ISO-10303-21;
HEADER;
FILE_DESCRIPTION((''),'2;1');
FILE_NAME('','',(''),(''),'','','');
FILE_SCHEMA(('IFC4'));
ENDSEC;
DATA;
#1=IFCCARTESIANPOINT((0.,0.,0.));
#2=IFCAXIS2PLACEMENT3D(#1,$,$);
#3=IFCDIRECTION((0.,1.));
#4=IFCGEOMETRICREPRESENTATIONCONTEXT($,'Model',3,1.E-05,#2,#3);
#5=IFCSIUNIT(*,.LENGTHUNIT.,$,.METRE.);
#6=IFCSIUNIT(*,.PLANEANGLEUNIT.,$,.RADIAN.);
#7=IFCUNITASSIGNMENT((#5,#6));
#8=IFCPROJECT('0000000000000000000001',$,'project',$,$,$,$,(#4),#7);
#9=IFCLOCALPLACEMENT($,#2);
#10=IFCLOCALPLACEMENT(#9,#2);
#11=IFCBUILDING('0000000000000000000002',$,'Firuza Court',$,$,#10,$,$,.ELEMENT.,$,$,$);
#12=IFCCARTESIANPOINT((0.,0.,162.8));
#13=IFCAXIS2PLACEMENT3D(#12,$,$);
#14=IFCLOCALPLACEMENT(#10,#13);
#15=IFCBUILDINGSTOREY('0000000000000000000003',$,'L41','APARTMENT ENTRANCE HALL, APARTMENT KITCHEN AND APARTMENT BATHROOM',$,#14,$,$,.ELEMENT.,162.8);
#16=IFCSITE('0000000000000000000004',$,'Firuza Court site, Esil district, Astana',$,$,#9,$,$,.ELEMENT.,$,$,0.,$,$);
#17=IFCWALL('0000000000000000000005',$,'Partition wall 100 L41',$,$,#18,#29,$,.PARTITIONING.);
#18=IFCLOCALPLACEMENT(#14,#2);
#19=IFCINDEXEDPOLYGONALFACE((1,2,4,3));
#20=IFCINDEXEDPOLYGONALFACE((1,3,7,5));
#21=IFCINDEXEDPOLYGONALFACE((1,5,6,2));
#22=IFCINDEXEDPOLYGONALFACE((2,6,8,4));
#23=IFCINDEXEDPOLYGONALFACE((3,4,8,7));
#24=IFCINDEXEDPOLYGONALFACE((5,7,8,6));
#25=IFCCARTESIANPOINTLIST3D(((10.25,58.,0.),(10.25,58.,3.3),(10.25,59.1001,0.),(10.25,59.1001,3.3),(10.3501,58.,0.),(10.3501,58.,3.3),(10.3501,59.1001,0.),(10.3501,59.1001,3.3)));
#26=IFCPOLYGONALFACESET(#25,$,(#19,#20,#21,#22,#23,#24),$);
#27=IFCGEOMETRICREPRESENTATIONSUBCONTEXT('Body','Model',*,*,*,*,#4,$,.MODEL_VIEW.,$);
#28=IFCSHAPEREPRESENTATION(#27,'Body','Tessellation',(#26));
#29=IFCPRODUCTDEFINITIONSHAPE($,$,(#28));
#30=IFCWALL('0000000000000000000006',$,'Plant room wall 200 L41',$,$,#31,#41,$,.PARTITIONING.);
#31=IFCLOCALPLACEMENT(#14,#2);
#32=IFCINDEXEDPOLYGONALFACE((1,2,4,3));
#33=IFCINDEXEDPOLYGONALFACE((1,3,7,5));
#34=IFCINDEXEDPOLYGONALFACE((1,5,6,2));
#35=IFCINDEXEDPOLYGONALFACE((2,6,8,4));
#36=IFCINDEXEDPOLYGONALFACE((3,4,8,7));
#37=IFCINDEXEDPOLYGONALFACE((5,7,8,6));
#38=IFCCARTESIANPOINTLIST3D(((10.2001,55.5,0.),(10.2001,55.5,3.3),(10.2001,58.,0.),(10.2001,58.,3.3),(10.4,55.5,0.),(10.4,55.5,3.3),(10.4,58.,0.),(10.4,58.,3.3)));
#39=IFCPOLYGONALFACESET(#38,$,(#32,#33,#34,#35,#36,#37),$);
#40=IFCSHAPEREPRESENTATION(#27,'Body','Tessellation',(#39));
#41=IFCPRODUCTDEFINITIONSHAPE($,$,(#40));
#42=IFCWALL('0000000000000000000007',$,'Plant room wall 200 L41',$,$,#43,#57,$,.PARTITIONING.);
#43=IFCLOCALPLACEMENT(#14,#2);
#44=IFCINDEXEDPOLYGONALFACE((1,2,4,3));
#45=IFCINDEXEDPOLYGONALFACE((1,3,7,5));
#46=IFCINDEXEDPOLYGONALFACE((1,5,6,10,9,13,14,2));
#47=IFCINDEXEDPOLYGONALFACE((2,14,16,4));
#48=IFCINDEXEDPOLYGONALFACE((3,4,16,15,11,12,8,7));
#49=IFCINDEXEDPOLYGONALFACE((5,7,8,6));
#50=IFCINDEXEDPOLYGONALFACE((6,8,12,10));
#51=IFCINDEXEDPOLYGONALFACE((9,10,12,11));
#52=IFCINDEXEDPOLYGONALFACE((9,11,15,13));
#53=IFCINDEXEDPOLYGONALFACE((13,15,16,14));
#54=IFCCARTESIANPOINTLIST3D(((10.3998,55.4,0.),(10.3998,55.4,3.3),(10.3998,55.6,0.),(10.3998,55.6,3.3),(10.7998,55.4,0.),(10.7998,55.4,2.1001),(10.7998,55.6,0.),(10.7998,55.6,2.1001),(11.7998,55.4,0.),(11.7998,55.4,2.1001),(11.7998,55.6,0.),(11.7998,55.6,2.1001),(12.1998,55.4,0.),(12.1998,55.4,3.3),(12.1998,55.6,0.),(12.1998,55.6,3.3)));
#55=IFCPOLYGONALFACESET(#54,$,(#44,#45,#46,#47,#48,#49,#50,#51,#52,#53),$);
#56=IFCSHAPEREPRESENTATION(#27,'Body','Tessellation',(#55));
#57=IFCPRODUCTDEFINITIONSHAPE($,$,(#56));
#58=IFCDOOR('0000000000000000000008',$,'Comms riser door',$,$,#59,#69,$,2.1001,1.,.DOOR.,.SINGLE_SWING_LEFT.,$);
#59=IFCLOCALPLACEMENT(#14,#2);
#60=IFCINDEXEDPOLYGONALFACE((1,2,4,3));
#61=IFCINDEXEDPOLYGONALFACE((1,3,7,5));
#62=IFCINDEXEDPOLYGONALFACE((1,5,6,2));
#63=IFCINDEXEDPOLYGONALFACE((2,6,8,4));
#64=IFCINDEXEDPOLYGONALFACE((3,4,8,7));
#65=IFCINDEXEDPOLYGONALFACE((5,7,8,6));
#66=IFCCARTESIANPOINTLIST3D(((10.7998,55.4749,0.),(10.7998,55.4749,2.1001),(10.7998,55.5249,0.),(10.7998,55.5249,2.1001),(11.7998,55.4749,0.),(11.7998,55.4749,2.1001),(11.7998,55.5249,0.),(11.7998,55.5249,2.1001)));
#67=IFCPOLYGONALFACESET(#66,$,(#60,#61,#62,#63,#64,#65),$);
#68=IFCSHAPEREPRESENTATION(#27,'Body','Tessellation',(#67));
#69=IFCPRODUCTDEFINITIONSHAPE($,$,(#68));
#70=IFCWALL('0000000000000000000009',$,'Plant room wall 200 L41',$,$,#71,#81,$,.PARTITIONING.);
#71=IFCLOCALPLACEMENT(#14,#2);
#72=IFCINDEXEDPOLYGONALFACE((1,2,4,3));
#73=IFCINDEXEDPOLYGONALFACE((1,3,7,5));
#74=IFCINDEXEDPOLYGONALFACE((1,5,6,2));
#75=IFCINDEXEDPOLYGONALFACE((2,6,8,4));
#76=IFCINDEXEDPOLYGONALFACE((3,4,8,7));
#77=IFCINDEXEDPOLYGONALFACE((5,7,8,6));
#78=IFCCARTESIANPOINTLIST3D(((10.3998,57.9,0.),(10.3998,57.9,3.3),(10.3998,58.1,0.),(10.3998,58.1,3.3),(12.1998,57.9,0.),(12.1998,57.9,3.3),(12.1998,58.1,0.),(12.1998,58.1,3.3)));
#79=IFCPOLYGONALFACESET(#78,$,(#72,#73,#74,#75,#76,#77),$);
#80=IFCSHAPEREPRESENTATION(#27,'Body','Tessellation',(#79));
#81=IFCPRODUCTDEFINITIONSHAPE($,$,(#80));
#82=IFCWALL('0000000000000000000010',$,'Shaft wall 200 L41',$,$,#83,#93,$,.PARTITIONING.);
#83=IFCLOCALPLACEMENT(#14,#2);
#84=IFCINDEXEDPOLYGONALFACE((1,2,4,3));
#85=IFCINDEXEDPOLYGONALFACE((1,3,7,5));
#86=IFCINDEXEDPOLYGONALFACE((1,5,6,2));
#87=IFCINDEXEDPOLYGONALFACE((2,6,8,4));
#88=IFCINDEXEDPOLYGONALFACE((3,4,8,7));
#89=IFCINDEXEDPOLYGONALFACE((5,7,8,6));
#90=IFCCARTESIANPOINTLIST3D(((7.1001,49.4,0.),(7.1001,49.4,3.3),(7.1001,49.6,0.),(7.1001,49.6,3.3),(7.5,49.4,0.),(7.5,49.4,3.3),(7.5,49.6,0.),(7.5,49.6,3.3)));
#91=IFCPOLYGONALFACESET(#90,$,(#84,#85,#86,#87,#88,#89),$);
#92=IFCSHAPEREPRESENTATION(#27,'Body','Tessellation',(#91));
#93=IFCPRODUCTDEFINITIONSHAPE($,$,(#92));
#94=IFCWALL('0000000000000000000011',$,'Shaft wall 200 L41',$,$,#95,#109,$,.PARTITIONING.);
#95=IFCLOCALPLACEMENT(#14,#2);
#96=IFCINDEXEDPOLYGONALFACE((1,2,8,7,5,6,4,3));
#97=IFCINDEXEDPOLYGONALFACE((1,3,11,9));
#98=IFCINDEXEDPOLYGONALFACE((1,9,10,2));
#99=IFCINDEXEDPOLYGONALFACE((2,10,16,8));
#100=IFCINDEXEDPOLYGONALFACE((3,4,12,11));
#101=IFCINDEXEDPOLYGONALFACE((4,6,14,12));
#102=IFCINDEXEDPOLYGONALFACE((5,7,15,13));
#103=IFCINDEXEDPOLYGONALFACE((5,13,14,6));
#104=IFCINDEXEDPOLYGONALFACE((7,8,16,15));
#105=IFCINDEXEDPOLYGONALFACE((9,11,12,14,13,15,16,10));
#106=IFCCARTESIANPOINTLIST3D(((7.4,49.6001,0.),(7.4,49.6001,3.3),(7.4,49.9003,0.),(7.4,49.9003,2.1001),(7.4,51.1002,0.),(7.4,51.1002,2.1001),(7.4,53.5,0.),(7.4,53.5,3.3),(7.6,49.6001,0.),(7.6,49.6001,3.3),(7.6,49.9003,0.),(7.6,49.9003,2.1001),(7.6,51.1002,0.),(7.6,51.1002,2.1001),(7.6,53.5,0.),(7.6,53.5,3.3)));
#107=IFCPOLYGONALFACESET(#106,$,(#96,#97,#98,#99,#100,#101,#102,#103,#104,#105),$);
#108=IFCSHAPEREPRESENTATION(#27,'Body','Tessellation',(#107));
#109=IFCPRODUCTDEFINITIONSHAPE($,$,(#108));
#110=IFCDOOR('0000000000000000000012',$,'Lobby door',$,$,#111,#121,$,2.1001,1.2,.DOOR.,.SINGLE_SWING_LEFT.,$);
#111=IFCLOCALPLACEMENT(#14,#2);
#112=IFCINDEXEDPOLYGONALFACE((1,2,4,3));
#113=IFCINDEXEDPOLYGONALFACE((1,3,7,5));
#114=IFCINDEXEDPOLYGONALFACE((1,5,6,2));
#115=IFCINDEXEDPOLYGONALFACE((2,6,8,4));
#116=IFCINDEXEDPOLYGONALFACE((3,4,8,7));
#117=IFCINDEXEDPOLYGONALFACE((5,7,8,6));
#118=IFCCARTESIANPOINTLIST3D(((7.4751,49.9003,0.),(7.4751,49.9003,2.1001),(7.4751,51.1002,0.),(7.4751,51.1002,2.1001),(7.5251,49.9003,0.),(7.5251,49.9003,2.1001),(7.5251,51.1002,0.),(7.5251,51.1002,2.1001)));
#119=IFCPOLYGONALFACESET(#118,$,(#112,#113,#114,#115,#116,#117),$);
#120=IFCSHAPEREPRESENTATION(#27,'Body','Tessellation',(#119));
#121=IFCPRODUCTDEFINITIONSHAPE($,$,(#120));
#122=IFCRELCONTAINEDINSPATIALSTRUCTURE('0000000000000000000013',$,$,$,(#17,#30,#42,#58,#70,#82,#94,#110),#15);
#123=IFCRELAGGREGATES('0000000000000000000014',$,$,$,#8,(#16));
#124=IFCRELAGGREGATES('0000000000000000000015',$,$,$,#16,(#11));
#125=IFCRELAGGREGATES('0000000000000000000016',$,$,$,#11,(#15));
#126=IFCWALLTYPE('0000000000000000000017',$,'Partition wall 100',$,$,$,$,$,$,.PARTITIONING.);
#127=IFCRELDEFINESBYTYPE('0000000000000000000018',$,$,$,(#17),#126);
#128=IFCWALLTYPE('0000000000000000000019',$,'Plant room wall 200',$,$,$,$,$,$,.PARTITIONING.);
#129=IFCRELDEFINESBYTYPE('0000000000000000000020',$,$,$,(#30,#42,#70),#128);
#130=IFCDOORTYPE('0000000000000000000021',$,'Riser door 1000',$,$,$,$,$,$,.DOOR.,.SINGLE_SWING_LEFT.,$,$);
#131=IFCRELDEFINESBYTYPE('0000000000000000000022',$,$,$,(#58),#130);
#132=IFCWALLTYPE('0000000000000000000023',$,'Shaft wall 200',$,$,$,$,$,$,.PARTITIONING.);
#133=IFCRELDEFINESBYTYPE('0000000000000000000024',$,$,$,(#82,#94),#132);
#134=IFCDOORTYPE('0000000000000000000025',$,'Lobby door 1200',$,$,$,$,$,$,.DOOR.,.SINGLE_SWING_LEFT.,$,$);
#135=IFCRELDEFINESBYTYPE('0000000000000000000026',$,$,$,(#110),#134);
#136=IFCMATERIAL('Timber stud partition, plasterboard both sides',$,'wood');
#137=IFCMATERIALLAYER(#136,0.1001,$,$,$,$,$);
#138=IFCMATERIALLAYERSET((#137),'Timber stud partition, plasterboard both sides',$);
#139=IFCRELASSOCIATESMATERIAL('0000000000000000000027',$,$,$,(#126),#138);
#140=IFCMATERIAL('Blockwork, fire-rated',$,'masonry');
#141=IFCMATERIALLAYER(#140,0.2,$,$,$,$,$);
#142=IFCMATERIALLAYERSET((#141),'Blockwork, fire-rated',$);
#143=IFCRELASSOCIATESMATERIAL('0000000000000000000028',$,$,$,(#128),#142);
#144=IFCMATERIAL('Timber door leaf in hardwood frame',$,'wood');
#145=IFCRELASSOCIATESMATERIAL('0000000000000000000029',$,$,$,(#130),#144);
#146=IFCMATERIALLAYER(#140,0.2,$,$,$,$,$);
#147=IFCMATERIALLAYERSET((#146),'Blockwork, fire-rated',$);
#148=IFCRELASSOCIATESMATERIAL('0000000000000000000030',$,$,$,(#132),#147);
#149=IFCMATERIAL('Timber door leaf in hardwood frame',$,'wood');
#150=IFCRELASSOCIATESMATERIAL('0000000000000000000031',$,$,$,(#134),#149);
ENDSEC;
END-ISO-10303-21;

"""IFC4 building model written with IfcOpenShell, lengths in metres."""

from ifc_helpers import new_model, si_unit, direction, frame, frame_2d, origin, place, context, subcontext, project, spatial, rectangle, extrude, material, layer, layer_set, type_object, element, fill, save


model = new_model("IFC4")

# Units and contexts
model_context = context("Model", 3, precision=1e-05, world=origin(), true_north=direction((0.0, 1.0)))
body_context = subcontext(model_context, "Body", "Model", "MODEL_VIEW")
ifc_project = project(units=[si_unit("LENGTHUNIT", "METRE"), si_unit("PLANEANGLEUNIT", "RADIAN")], contexts=[model_context])

# Site, building, storey
site_placement = place(None, origin())
site = spatial("IfcSite", under=ifc_project, at=site_placement, Name="Firuza Court site, Esil district, Astana", CompositionType="ELEMENT", RefElevation=0.0)
building_placement = place(site_placement, origin())
building = spatial("IfcBuilding", under=site, at=building_placement, Name="Firuza Court", CompositionType="ELEMENT")
storey_placement = place(building_placement, frame((0.0, 0.0, 162.8)))
storey = spatial("IfcBuildingStorey", under=building, at=storey_placement, Name="L41", Description="APARTMENT ENTRANCE HALL, APARTMENT KITCHEN AND APARTMENT BATHROOM", CompositionType="ELEMENT", Elevation=162.8)

# Walls
ifc_material_1 = material(Name="Timber stud partition, plasterboard both sides", Category="wood")
ifc_layer_1 = layer(ifc_material_1, 0.1001)
ifc_layer_set_1 = layer_set([ifc_layer_1], Name="Timber stud partition, plasterboard both sides")
wall_type_1 = type_object("IfcWallType", Name="Partition wall 100", PredefinedType="PARTITIONING", material=ifc_layer_set_1)
wall_1_placement = place(storey_placement, frame((10.3, 58.0, 0.0), z_axis=(0.0, 0.0, 1.0), x_axis=(0.0, 1.0, 0.0)))
element("IfcWall", 1, at=wall_1_placement, inside=storey, type_object=wall_type_1, Name="Partition wall 100 L41", PredefinedType="PARTITIONING", context=body_context, shape_type="SweptSolid", body=[
    extrude(rectangle(XDim=1.1001, YDim=0.1001, at=frame_2d((0.55, 0.0))), origin(), (0.0, 0.0, 1.0), 3.3),
])
ifc_material_2 = material(Name="Blockwork, fire-rated", Category="masonry")
ifc_layer_2 = layer(ifc_material_2, 0.2)
ifc_layer_set_2 = layer_set([ifc_layer_2], Name="Blockwork, fire-rated")
wall_type_2 = type_object("IfcWallType", Name="Plant room wall 200", PredefinedType="PARTITIONING", material=ifc_layer_set_2)
wall_2_placement = place(storey_placement, frame((10.3, 55.5, 0.0), z_axis=(0.0, 0.0, 1.0), x_axis=(0.0, 1.0, 0.0)))
element("IfcWall", 2, at=wall_2_placement, inside=storey, type_object=wall_type_2, Name="Plant room wall 200 L41", PredefinedType="PARTITIONING", context=body_context, shape_type="SweptSolid", body=[
    extrude(rectangle(XDim=2.5, YDim=0.2, at=frame_2d((1.25, 0.0))), origin(), (0.0, 0.0, 1.0), 3.3),
])

# Wall, opening, door
wall_3_placement = place(storey_placement, frame((10.3999, 55.5, 0.0), z_axis=(0.0, 0.0, 1.0), x_axis=(1.0, 0.0, 0.0)))
wall_3 = element("IfcWall", 3, at=wall_3_placement, inside=storey, type_object=wall_type_2, Name="Plant room wall 200 L41", PredefinedType="PARTITIONING", context=body_context, shape_type="SweptSolid", body=[
    extrude(rectangle(XDim=1.8, YDim=0.2, at=frame_2d((0.8999, 0.0))), origin(), (0.0, 0.0, 1.0), 3.3),
])
opening_1_placement = place(wall_3_placement, frame((0.3999, 0.0, 0.0)))
opening_1 = element("IfcOpeningElement", 4, at=opening_1_placement, cuts=wall_3, PredefinedType="OPENING", context=body_context, shape_type="SweptSolid", body=[
    extrude(rectangle(XDim=1.0, YDim=2.1001, at=frame_2d((0.5, 1.05))), frame((0.0, 0.1118, 0.0), z_axis=(0.0, -1.0, 0.0), x_axis=(1.0, 0.0, 0.0)), (0.0, 0.0, 1.0), 0.2239),
])
ifc_material_3 = material(Name="Timber door leaf in hardwood frame", Category="wood")
door_type_1 = type_object("IfcDoorType", Name="Riser door 1000", OperationType="SINGLE_SWING_LEFT", PredefinedType="DOOR", material=ifc_material_3)
door_1_placement = place(opening_1_placement, origin())
door_1 = element("IfcDoor", 5, at=door_1_placement, inside=storey, type_object=door_type_1, Name="Comms riser door", OperationType="SINGLE_SWING_LEFT", OverallHeight=2.1001, OverallWidth=1.0, PredefinedType="DOOR", context=body_context, shape_type="SweptSolid", body=[
    extrude(rectangle(XDim=1.0, YDim=2.1001, at=frame_2d((0.5, 1.05))), frame((0.0, 0.0249, 0.0), z_axis=(0.0, -1.0, 0.0), x_axis=(1.0, 0.0, 0.0)), (0.0, 0.0, 1.0), 0.05),
])
fill(opening_1, door_1)

# Walls
wall_4_placement = place(storey_placement, frame((10.3999, 58.0, 0.0), z_axis=(0.0, 0.0, 1.0), x_axis=(1.0, 0.0, 0.0)))
element("IfcWall", 6, at=wall_4_placement, inside=storey, type_object=wall_type_2, Name="Plant room wall 200 L41", PredefinedType="PARTITIONING", context=body_context, shape_type="SweptSolid", body=[
    extrude(rectangle(XDim=1.8, YDim=0.2, at=frame_2d((0.8999, 0.0))), origin(), (0.0, 0.0, 1.0), 3.3),
])
ifc_layer_3 = layer(ifc_material_2, 0.2)
ifc_layer_set_3 = layer_set([ifc_layer_3], Name="Blockwork, fire-rated")
wall_type_3 = type_object("IfcWallType", Name="Shaft wall 200", PredefinedType="PARTITIONING", material=ifc_layer_set_3)
wall_5_placement = place(storey_placement, frame((7.1001, 49.5, 0.0), z_axis=(0.0, 0.0, 1.0), x_axis=(1.0, 0.0, 0.0)))
element("IfcWall", 7, at=wall_5_placement, inside=storey, type_object=wall_type_3, Name="Shaft wall 200 L41", PredefinedType="PARTITIONING", context=body_context, shape_type="SweptSolid", body=[
    extrude(rectangle(XDim=0.3999, YDim=0.2, at=frame_2d((0.2, 0.0))), origin(), (0.0, 0.0, 1.0), 3.3),
])

# Wall, opening, door
wall_6_placement = place(storey_placement, frame((7.5, 49.6001, 0.0), z_axis=(0.0, 0.0, 1.0), x_axis=(0.0, 1.0, 0.0)))
wall_6 = element("IfcWall", 8, at=wall_6_placement, inside=storey, type_object=wall_type_3, Name="Shaft wall 200 L41", PredefinedType="PARTITIONING", context=body_context, shape_type="SweptSolid", body=[
    extrude(rectangle(XDim=3.8999, YDim=0.2, at=frame_2d((1.95, 0.0))), origin(), (0.0, 0.0, 1.0), 3.3),
])
opening_2_placement = place(wall_6_placement, frame((0.3, 0.0, 0.0)))
opening_2 = element("IfcOpeningElement", 9, at=opening_2_placement, cuts=wall_6, PredefinedType="OPENING", context=body_context, shape_type="SweptSolid", body=[
    extrude(rectangle(XDim=1.2, YDim=2.1001, at=frame_2d((0.6001, 1.05))), frame((0.0, 0.1118, 0.0), z_axis=(0.0, -1.0, 0.0), x_axis=(1.0, 0.0, 0.0)), (0.0, 0.0, 1.0), 0.2239),
])
ifc_material_4 = material(Name="Timber door leaf in hardwood frame", Category="wood")
door_type_2 = type_object("IfcDoorType", Name="Lobby door 1200", OperationType="SINGLE_SWING_LEFT", PredefinedType="DOOR", material=ifc_material_4)
door_2_placement = place(opening_2_placement, origin())
door_2 = element("IfcDoor", 10, at=door_2_placement, inside=storey, type_object=door_type_2, Name="Lobby door", OperationType="SINGLE_SWING_LEFT", OverallHeight=2.1001, OverallWidth=1.2, PredefinedType="DOOR", context=body_context, shape_type="SweptSolid", body=[
    extrude(rectangle(XDim=1.2, YDim=2.1001, at=frame_2d((0.6001, 1.05))), frame((0.0, 0.0249, 0.0), z_axis=(0.0, -1.0, 0.0), x_axis=(1.0, 0.0, 0.0)), (0.0, 0.0, 1.0), 0.05),
])
fill(opening_2, door_2)

save(model, "model.ifc")
